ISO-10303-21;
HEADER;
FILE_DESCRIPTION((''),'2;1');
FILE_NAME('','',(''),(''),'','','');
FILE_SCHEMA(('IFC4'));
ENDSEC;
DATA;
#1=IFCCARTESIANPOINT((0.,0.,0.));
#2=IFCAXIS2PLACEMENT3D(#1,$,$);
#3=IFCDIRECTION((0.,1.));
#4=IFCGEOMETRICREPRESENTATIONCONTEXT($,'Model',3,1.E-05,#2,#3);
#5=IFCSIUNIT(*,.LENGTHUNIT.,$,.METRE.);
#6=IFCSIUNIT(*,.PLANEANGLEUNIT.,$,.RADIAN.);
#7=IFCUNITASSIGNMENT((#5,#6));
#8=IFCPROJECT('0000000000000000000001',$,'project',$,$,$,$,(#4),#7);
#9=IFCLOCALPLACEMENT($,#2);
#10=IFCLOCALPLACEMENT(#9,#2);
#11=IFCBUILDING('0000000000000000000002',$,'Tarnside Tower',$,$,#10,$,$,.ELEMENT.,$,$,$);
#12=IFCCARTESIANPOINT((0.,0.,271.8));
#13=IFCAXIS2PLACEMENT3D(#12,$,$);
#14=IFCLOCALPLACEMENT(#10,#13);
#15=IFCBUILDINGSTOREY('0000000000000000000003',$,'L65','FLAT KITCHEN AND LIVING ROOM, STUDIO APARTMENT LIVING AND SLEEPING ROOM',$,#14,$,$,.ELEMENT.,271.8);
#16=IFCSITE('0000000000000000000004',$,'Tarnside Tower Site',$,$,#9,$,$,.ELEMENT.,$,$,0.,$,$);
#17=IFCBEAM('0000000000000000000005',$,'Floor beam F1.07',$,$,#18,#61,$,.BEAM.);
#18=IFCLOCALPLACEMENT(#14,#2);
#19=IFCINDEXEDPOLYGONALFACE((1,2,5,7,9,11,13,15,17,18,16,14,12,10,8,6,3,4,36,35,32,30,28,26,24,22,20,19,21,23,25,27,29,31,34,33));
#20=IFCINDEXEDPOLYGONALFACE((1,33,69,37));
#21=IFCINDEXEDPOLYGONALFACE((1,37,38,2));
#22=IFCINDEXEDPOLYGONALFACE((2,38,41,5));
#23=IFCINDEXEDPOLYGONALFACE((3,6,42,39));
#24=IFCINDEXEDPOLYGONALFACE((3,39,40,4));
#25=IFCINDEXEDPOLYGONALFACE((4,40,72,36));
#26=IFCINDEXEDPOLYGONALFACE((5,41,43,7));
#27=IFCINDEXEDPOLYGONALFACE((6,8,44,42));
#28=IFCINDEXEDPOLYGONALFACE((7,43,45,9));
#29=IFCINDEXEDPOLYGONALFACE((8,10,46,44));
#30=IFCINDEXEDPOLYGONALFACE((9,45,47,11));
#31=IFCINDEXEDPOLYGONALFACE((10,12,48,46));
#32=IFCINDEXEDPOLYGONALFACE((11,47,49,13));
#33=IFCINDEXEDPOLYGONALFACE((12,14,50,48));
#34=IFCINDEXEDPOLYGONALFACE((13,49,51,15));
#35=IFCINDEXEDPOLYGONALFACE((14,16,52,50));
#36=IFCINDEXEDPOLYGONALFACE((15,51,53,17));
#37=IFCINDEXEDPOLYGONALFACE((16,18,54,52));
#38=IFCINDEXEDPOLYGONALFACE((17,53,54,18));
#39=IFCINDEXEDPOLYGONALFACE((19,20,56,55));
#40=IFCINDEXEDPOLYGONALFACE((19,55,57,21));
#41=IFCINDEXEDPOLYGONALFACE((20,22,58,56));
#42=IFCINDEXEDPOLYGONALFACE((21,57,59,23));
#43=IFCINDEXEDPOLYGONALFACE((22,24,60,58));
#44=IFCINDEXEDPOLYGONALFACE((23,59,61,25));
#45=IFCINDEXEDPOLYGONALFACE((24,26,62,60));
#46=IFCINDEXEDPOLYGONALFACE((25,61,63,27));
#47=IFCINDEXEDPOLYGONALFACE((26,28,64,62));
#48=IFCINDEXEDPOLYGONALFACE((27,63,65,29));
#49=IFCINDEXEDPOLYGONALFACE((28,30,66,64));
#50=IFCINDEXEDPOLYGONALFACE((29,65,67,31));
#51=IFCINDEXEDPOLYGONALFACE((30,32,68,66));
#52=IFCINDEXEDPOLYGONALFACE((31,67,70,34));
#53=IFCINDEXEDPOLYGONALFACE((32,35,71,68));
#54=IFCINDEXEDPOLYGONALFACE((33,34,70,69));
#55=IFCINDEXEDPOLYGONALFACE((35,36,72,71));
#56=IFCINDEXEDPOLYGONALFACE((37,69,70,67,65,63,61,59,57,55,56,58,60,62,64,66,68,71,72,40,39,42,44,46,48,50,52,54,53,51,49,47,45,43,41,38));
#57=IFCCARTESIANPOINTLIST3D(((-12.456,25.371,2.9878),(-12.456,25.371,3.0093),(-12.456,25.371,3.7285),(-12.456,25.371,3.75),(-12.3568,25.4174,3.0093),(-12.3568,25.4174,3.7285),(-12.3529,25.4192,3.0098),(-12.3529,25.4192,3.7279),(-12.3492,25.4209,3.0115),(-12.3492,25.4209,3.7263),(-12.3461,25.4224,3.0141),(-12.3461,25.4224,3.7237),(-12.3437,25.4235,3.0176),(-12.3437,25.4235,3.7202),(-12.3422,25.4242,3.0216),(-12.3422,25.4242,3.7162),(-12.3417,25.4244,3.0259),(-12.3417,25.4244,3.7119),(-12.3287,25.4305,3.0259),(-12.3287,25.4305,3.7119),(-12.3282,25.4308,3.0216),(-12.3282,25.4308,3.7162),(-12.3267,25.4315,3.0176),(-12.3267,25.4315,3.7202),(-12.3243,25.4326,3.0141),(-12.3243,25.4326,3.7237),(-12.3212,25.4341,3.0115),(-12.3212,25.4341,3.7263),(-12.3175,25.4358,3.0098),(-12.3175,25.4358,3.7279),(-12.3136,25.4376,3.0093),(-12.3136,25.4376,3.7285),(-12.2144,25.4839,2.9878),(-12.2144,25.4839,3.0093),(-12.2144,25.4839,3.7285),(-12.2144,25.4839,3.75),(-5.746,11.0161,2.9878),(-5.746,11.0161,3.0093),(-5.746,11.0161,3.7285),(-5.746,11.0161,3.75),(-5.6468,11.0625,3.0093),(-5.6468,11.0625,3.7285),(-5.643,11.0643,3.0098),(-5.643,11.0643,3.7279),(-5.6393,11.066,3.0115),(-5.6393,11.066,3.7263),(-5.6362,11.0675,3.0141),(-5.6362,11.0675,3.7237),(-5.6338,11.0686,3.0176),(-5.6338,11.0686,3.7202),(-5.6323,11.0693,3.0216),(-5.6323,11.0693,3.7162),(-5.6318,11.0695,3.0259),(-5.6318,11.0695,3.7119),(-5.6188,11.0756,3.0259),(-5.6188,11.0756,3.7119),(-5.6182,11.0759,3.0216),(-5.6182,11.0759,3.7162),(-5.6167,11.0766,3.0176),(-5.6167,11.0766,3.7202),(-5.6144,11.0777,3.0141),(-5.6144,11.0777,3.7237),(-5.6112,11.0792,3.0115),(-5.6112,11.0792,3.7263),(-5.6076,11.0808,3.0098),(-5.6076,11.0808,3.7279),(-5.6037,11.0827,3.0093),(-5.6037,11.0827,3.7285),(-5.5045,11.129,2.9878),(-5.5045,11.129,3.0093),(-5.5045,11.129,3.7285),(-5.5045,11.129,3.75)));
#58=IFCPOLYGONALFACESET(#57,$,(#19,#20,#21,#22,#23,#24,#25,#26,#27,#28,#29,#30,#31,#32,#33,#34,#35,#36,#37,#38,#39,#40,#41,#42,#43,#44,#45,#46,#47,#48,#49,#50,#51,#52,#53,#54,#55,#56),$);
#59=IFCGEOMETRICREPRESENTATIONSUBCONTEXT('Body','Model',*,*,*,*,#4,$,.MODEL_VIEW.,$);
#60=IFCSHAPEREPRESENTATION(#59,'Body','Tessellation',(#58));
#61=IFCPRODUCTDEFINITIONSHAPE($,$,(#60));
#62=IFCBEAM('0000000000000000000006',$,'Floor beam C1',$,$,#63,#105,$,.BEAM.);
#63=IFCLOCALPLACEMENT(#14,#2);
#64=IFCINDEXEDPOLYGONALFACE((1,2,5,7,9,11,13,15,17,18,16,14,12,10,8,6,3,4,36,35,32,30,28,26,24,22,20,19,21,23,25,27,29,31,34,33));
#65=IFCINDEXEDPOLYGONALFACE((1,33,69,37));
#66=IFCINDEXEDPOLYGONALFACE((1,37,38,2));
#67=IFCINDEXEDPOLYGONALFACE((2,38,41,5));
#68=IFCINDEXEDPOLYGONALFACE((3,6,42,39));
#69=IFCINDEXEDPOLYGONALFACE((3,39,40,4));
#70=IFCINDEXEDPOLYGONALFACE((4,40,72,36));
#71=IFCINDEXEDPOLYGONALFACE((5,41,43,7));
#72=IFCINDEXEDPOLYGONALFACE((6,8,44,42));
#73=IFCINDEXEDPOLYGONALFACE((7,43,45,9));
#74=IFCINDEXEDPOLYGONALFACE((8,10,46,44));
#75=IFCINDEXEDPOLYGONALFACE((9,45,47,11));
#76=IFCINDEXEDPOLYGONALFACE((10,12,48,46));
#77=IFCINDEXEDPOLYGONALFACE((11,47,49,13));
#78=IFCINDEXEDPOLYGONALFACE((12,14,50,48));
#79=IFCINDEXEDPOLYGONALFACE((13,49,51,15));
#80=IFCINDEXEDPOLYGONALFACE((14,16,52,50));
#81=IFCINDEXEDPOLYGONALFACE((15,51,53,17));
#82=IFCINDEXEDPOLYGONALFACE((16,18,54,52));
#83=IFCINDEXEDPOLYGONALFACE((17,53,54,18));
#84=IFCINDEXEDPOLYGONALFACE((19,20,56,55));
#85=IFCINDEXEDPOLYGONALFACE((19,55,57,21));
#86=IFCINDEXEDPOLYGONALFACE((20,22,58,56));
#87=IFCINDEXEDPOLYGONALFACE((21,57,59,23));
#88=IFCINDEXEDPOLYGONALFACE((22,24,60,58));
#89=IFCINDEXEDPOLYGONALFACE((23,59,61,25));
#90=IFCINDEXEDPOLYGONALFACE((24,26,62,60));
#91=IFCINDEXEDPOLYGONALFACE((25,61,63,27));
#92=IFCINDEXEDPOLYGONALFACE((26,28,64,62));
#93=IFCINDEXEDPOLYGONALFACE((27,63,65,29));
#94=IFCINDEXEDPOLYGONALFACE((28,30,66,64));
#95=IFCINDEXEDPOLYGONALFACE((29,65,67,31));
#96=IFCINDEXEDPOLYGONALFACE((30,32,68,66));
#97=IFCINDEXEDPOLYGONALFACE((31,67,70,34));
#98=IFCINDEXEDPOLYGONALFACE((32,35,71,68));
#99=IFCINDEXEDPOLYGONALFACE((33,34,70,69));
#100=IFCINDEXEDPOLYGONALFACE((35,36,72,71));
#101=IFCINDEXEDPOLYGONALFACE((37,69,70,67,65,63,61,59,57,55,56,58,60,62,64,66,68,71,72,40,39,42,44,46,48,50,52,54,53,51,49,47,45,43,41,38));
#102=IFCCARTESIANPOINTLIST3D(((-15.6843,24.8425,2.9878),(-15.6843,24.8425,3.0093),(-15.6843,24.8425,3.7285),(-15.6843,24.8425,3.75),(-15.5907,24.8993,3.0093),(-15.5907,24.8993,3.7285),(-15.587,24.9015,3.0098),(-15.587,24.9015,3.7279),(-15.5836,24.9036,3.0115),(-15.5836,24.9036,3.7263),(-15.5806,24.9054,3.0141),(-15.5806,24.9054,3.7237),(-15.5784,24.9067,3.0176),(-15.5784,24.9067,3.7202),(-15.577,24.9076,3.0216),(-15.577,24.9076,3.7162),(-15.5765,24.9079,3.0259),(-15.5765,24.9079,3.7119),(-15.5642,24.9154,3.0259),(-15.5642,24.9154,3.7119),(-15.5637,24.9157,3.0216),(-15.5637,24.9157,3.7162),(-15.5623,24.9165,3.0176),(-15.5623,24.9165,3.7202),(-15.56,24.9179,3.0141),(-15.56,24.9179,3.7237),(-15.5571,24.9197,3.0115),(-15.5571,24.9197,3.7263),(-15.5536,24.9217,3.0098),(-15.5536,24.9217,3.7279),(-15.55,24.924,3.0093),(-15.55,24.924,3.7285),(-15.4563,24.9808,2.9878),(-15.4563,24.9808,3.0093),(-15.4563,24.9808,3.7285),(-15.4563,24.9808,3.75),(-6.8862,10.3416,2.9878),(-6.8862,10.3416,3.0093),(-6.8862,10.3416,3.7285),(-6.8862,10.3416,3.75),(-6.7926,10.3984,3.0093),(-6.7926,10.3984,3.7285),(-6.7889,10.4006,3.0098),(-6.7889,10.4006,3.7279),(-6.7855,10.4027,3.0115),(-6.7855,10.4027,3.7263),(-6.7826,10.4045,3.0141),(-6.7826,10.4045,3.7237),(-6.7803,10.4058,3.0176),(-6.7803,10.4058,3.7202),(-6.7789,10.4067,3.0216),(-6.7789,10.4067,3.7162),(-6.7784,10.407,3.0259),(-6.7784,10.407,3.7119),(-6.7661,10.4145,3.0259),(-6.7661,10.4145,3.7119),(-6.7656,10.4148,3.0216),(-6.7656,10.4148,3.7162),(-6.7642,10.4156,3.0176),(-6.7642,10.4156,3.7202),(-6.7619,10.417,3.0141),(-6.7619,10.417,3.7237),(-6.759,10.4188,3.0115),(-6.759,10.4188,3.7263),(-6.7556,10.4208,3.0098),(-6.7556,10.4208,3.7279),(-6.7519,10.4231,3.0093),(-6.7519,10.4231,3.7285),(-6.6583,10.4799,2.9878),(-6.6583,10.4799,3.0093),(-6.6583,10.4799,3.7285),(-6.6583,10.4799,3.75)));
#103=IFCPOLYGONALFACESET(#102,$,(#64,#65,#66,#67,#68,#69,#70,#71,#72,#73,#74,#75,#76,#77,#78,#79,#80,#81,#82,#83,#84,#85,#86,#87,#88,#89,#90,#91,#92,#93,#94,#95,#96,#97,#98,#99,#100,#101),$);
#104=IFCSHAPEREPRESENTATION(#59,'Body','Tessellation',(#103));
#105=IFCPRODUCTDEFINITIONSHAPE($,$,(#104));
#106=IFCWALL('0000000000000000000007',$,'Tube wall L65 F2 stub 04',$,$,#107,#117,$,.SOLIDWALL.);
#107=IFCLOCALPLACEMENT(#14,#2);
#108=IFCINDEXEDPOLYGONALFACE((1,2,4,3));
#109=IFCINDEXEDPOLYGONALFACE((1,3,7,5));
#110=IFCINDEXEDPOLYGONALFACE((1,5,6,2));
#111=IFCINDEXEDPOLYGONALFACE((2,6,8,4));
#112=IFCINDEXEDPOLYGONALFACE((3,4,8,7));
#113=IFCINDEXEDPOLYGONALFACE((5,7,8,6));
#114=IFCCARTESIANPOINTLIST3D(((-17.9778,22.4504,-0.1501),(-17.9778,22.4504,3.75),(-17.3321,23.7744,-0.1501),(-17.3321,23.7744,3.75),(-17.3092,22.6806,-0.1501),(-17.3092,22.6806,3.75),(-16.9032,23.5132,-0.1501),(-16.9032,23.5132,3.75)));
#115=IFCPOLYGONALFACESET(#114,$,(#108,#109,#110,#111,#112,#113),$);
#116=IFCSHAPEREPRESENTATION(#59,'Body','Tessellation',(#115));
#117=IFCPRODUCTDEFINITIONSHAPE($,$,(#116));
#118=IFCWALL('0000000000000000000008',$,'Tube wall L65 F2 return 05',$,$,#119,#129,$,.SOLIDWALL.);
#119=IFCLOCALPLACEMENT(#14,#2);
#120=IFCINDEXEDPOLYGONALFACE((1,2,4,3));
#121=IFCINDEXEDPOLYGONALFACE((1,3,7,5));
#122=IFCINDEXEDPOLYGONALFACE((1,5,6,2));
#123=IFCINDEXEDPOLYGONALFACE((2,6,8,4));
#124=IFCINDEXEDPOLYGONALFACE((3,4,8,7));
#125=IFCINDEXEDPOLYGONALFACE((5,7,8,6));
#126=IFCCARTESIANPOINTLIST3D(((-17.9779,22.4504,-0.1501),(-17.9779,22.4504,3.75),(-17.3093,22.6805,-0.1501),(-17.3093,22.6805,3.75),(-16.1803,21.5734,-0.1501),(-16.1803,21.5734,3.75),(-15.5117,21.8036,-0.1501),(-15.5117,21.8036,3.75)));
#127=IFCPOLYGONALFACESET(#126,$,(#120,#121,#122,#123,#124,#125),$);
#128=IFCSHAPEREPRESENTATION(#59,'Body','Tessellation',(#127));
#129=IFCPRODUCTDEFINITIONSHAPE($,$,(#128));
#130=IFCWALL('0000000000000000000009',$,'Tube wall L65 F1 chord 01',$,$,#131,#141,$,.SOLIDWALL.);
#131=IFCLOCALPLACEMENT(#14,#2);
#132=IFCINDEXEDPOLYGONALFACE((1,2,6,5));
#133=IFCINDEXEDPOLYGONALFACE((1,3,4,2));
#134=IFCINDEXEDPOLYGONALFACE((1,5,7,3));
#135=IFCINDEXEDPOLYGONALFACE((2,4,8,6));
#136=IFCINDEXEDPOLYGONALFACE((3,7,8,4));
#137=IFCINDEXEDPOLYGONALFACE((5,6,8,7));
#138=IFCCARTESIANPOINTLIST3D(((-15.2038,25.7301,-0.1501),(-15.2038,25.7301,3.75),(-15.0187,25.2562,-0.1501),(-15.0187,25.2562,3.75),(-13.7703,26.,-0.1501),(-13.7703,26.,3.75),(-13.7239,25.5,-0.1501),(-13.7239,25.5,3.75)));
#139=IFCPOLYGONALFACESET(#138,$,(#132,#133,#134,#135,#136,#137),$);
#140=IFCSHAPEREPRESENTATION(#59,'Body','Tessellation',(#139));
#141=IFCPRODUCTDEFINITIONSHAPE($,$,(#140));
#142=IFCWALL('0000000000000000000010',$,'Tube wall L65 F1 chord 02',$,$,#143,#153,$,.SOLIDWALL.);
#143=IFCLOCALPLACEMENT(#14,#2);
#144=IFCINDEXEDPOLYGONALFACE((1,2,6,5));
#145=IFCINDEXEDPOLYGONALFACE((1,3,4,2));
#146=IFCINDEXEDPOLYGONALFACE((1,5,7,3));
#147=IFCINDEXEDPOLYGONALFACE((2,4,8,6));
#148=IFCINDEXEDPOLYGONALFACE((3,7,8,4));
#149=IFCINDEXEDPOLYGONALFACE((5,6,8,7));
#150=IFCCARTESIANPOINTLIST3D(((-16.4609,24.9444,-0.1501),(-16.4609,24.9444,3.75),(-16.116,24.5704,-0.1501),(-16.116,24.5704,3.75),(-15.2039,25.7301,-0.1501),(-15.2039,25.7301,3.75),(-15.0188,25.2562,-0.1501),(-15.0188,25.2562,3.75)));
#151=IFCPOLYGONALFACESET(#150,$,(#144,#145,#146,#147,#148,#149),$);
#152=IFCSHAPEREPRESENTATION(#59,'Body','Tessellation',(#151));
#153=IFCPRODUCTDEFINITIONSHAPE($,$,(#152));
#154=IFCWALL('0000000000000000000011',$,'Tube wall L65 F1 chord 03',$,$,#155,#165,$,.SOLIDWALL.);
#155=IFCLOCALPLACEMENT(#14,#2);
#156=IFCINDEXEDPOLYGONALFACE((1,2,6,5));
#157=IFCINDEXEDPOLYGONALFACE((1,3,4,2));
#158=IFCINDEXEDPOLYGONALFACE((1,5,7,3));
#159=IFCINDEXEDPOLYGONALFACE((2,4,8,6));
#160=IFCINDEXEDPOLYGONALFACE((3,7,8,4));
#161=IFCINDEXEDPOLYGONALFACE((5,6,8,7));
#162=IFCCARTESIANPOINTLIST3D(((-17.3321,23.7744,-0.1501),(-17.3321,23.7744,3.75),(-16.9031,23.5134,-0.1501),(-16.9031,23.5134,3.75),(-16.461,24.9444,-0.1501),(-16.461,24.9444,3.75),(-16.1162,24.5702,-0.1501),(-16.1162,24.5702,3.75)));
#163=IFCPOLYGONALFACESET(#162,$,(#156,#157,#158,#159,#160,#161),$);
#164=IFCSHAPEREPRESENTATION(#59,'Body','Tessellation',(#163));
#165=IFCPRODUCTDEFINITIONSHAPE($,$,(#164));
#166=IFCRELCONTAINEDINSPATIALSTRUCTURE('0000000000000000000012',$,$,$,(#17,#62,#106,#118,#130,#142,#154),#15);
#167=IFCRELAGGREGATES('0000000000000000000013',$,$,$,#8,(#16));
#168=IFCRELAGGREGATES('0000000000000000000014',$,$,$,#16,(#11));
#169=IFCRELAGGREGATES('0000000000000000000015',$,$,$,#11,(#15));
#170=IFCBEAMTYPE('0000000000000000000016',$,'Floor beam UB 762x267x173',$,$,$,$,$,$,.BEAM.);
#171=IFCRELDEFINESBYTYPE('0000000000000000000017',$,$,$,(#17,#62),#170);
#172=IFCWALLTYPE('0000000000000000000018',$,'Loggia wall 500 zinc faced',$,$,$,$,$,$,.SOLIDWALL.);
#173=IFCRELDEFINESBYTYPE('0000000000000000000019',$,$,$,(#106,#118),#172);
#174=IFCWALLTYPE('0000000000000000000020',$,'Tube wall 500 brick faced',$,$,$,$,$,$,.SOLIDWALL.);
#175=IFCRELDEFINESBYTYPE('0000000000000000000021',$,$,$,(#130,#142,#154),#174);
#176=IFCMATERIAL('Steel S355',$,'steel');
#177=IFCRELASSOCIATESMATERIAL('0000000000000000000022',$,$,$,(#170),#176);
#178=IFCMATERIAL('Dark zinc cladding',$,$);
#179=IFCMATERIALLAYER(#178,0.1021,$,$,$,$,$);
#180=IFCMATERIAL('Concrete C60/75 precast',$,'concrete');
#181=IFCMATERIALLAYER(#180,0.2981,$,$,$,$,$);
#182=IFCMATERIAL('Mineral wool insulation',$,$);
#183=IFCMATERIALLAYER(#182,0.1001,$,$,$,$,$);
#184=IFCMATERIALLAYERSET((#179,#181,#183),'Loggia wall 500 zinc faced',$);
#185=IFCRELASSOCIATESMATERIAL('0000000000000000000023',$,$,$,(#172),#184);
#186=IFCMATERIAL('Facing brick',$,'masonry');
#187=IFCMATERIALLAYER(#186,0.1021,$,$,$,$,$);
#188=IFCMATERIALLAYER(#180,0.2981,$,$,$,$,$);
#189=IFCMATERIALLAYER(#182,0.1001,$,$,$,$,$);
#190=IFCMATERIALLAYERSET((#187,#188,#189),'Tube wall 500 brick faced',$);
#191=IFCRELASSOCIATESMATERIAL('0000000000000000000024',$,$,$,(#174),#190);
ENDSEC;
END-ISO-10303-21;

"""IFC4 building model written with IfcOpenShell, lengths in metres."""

from ifc_helpers import new_model, si_unit, direction, frame, origin, origin_2d, place, context, subcontext, project, spatial, polyline, i_section, outline, extrude, material, layer, layer_set, material_profile, profile_set, type_object, element, save


model = new_model("IFC4")

# Units and contexts
model_context = context("Model", 3, precision=1e-05, world=origin(), true_north=direction((0.0, 1.0)))
body_context = subcontext(model_context, "Body", "Model", "MODEL_VIEW")
ifc_project = project(units=[si_unit("LENGTHUNIT", "METRE"), si_unit("PLANEANGLEUNIT", "RADIAN")], contexts=[model_context])

# Site, building, storey
site_placement = place(None, origin())
site = spatial("IfcSite", under=ifc_project, at=site_placement, Name="Tarnside Tower Site", CompositionType="ELEMENT", RefElevation=0.0)
building_placement = place(site_placement, origin())
building = spatial("IfcBuilding", under=site, at=building_placement, Name="Tarnside Tower", CompositionType="ELEMENT")
storey_placement = place(building_placement, frame((0.0, 0.0, 271.8)))
storey = spatial("IfcBuildingStorey", under=building, at=storey_placement, Name="L65", Description="FLAT KITCHEN AND LIVING ROOM, STUDIO APARTMENT LIVING AND SLEEPING ROOM", CompositionType="ELEMENT", Elevation=271.8)

# Beams
ifc_material_1 = material(Name="Steel S355", Category="steel")
ifc_material_profile = material_profile(ifc_material_1, i_section(OverallWidth=0.2666, OverallDepth=0.7622, WebThickness=0.0144, FlangeThickness=0.0215, FilletRadius=0.0166, at=origin_2d()), Name="UB 762x267x173")
ifc_profile_set = profile_set([ifc_material_profile], Name="Steel S355")
beam_type = type_object("IfcBeamType", Name="Floor beam UB 762x267x173", PredefinedType="BEAM", material=ifc_profile_set)
beam_1_placement = place(storey_placement, frame((-12.3352, 25.4275, 3.3689), z_axis=(0.423454, -0.905918, 0.0), x_axis=(0.905918, 0.423454, 0.0)))
element("IfcBeam", 1, at=beam_1_placement, inside=storey, type_object=beam_type, Name="Floor beam F1.07", PredefinedType="BEAM", context=body_context, shape_type="SweptSolid", body=[
    extrude(i_section(OverallWidth=0.2666, OverallDepth=0.7622, WebThickness=0.0144, FlangeThickness=0.0215, FilletRadius=0.0166, at=origin_2d()), origin(), (0.0, 0.0, 1.0), 15.8457),
])
beam_2_placement = place(storey_placement, frame((-15.5703, 24.9116, 3.3689), z_axis=(0.518717, -0.854946, 0.0), x_axis=(0.854946, 0.518717, 0.0)))
element("IfcBeam", 2, at=beam_2_placement, inside=storey, type_object=beam_type, Name="Floor beam C1", PredefinedType="BEAM", context=body_context, shape_type="SweptSolid", body=[
    extrude(i_section(OverallWidth=0.2666, OverallDepth=0.7622, WebThickness=0.0144, FlangeThickness=0.0215, FilletRadius=0.0166, at=origin_2d()), origin(), (0.0, 0.0, 1.0), 16.9612),
])

# Walls
ifc_material_2 = material(Name="Dark zinc cladding")
ifc_layer_1 = layer(ifc_material_2, 0.1021)
ifc_material_3 = material(Name="Concrete C60/75 precast", Category="concrete")
ifc_layer_2 = layer(ifc_material_3, 0.2981)
ifc_material_4 = material(Name="Mineral wool insulation")
ifc_layer_3 = layer(ifc_material_4, 0.1001)
ifc_layer_set_1 = layer_set([ifc_layer_1, ifc_layer_2, ifc_layer_3], Name="Loggia wall 500 zinc faced")
wall_type_1 = type_object("IfcWallType", Name="Loggia wall 500 zinc faced", PredefinedType="SOLIDWALL", material=ifc_layer_set_1)
wall_1_placement = place(storey_placement, frame((-17.1177, 23.6438, -0.1501), z_axis=(0.0, 0.0, 1.0), x_axis=(-0.438319, -0.898819, 0.0)))
element("IfcWall", 3, at=wall_1_placement, inside=storey, type_object=wall_type_1, Name="Tube wall L65 F2 stub 04", PredefinedType="SOLIDWALL", context=body_context, shape_type="SweptSolid", body=[
    extrude(outline(polyline([(-0.0234, -0.25), (1.4497, -0.25), (0.9497, 0.25), (0.0234, 0.25), (-0.0234, -0.25)])), origin(), (0.0, 0.0, 1.0), 3.9001),
])
wall_2_placement = place(storey_placement, frame((-17.6436, 22.5654, -0.1501), z_axis=(0.0, 0.0, 1.0), x_axis=(0.898754, -0.438452, 0.0)))
element("IfcWall", 4, at=wall_2_placement, inside=storey, type_object=wall_type_1, Name="Tube wall L65 F2 return 05", PredefinedType="SOLIDWALL", context=body_context, shape_type="SweptSolid", body=[
    extrude(outline(polyline([(-0.25, -0.25), (1.75, -0.25), (2.25, 0.25), (0.25, 0.25), (-0.25, -0.25)])), origin(), (0.0, 0.0, 1.0), 3.9001),
])

# Walls
ifc_material_5 = material(Name="Facing brick", Category="masonry")
ifc_layer_4 = layer(ifc_material_5, 0.1021)
ifc_layer_5 = layer(ifc_material_3, 0.2981)
ifc_layer_6 = layer(ifc_material_4, 0.1001)
ifc_layer_set_2 = layer_set([ifc_layer_4, ifc_layer_5, ifc_layer_6], Name="Tube wall 500 brick faced")
wall_type_2 = type_object("IfcWallType", Name="Tube wall 500 brick faced", PredefinedType="SOLIDWALL", material=ifc_layer_set_2)
wall_3_placement = place(storey_placement, frame((-13.7471, 25.75, -0.1501), z_axis=(0.0, 0.0, 1.0), x_axis=(-0.982737, -0.185011, 0.0)))
element("IfcWall", 5, at=wall_3_placement, inside=storey, type_object=wall_type_2, Name="Tube wall L65 F1 chord 01", PredefinedType="SOLIDWALL", context=body_context, shape_type="SweptSolid", body=[
    extrude(outline(polyline([(-0.0234, -0.25), (1.4353, -0.25), (1.3411, 0.25), (0.0234, 0.25), (-0.0234, -0.25)])), origin(), (0.0, 0.0, 1.0), 3.9001),
])
wall_4_placement = place(storey_placement, frame((-15.1113, 25.4932, -0.1501), z_axis=(0.0, 0.0, 1.0), x_axis=(-0.847979, -0.530031, 0.0)))
element("IfcWall", 6, at=wall_4_placement, inside=storey, type_object=wall_type_2, Name="Tube wall L65 F1 chord 02", PredefinedType="SOLIDWALL", context=body_context, shape_type="SweptSolid", body=[
    extrude(outline(polyline([(-0.0471, -0.25), (1.4353, -0.25), (1.3411, 0.25), (0.0471, 0.25), (-0.0471, -0.25)])), origin(), (0.0, 0.0, 1.0), 3.9001),
])
wall_5_placement = place(storey_placement, frame((-16.2886, 24.7573, -0.1501), z_axis=(0.0, 0.0, 1.0), x_axis=(-0.597211, -0.802084, 0.0)))
element("IfcWall", 7, at=wall_5_placement, inside=storey, type_object=wall_type_2, Name="Tube wall L65 F1 chord 03", PredefinedType="SOLIDWALL", context=body_context, shape_type="SweptSolid", body=[
    extrude(outline(polyline([(-0.0471, -0.25), (1.4116, -0.25), (1.3647, 0.25), (0.0471, 0.25), (-0.0471, -0.25)])), origin(), (0.0, 0.0, 1.0), 3.9001),
])

save(model, "model.ifc")
